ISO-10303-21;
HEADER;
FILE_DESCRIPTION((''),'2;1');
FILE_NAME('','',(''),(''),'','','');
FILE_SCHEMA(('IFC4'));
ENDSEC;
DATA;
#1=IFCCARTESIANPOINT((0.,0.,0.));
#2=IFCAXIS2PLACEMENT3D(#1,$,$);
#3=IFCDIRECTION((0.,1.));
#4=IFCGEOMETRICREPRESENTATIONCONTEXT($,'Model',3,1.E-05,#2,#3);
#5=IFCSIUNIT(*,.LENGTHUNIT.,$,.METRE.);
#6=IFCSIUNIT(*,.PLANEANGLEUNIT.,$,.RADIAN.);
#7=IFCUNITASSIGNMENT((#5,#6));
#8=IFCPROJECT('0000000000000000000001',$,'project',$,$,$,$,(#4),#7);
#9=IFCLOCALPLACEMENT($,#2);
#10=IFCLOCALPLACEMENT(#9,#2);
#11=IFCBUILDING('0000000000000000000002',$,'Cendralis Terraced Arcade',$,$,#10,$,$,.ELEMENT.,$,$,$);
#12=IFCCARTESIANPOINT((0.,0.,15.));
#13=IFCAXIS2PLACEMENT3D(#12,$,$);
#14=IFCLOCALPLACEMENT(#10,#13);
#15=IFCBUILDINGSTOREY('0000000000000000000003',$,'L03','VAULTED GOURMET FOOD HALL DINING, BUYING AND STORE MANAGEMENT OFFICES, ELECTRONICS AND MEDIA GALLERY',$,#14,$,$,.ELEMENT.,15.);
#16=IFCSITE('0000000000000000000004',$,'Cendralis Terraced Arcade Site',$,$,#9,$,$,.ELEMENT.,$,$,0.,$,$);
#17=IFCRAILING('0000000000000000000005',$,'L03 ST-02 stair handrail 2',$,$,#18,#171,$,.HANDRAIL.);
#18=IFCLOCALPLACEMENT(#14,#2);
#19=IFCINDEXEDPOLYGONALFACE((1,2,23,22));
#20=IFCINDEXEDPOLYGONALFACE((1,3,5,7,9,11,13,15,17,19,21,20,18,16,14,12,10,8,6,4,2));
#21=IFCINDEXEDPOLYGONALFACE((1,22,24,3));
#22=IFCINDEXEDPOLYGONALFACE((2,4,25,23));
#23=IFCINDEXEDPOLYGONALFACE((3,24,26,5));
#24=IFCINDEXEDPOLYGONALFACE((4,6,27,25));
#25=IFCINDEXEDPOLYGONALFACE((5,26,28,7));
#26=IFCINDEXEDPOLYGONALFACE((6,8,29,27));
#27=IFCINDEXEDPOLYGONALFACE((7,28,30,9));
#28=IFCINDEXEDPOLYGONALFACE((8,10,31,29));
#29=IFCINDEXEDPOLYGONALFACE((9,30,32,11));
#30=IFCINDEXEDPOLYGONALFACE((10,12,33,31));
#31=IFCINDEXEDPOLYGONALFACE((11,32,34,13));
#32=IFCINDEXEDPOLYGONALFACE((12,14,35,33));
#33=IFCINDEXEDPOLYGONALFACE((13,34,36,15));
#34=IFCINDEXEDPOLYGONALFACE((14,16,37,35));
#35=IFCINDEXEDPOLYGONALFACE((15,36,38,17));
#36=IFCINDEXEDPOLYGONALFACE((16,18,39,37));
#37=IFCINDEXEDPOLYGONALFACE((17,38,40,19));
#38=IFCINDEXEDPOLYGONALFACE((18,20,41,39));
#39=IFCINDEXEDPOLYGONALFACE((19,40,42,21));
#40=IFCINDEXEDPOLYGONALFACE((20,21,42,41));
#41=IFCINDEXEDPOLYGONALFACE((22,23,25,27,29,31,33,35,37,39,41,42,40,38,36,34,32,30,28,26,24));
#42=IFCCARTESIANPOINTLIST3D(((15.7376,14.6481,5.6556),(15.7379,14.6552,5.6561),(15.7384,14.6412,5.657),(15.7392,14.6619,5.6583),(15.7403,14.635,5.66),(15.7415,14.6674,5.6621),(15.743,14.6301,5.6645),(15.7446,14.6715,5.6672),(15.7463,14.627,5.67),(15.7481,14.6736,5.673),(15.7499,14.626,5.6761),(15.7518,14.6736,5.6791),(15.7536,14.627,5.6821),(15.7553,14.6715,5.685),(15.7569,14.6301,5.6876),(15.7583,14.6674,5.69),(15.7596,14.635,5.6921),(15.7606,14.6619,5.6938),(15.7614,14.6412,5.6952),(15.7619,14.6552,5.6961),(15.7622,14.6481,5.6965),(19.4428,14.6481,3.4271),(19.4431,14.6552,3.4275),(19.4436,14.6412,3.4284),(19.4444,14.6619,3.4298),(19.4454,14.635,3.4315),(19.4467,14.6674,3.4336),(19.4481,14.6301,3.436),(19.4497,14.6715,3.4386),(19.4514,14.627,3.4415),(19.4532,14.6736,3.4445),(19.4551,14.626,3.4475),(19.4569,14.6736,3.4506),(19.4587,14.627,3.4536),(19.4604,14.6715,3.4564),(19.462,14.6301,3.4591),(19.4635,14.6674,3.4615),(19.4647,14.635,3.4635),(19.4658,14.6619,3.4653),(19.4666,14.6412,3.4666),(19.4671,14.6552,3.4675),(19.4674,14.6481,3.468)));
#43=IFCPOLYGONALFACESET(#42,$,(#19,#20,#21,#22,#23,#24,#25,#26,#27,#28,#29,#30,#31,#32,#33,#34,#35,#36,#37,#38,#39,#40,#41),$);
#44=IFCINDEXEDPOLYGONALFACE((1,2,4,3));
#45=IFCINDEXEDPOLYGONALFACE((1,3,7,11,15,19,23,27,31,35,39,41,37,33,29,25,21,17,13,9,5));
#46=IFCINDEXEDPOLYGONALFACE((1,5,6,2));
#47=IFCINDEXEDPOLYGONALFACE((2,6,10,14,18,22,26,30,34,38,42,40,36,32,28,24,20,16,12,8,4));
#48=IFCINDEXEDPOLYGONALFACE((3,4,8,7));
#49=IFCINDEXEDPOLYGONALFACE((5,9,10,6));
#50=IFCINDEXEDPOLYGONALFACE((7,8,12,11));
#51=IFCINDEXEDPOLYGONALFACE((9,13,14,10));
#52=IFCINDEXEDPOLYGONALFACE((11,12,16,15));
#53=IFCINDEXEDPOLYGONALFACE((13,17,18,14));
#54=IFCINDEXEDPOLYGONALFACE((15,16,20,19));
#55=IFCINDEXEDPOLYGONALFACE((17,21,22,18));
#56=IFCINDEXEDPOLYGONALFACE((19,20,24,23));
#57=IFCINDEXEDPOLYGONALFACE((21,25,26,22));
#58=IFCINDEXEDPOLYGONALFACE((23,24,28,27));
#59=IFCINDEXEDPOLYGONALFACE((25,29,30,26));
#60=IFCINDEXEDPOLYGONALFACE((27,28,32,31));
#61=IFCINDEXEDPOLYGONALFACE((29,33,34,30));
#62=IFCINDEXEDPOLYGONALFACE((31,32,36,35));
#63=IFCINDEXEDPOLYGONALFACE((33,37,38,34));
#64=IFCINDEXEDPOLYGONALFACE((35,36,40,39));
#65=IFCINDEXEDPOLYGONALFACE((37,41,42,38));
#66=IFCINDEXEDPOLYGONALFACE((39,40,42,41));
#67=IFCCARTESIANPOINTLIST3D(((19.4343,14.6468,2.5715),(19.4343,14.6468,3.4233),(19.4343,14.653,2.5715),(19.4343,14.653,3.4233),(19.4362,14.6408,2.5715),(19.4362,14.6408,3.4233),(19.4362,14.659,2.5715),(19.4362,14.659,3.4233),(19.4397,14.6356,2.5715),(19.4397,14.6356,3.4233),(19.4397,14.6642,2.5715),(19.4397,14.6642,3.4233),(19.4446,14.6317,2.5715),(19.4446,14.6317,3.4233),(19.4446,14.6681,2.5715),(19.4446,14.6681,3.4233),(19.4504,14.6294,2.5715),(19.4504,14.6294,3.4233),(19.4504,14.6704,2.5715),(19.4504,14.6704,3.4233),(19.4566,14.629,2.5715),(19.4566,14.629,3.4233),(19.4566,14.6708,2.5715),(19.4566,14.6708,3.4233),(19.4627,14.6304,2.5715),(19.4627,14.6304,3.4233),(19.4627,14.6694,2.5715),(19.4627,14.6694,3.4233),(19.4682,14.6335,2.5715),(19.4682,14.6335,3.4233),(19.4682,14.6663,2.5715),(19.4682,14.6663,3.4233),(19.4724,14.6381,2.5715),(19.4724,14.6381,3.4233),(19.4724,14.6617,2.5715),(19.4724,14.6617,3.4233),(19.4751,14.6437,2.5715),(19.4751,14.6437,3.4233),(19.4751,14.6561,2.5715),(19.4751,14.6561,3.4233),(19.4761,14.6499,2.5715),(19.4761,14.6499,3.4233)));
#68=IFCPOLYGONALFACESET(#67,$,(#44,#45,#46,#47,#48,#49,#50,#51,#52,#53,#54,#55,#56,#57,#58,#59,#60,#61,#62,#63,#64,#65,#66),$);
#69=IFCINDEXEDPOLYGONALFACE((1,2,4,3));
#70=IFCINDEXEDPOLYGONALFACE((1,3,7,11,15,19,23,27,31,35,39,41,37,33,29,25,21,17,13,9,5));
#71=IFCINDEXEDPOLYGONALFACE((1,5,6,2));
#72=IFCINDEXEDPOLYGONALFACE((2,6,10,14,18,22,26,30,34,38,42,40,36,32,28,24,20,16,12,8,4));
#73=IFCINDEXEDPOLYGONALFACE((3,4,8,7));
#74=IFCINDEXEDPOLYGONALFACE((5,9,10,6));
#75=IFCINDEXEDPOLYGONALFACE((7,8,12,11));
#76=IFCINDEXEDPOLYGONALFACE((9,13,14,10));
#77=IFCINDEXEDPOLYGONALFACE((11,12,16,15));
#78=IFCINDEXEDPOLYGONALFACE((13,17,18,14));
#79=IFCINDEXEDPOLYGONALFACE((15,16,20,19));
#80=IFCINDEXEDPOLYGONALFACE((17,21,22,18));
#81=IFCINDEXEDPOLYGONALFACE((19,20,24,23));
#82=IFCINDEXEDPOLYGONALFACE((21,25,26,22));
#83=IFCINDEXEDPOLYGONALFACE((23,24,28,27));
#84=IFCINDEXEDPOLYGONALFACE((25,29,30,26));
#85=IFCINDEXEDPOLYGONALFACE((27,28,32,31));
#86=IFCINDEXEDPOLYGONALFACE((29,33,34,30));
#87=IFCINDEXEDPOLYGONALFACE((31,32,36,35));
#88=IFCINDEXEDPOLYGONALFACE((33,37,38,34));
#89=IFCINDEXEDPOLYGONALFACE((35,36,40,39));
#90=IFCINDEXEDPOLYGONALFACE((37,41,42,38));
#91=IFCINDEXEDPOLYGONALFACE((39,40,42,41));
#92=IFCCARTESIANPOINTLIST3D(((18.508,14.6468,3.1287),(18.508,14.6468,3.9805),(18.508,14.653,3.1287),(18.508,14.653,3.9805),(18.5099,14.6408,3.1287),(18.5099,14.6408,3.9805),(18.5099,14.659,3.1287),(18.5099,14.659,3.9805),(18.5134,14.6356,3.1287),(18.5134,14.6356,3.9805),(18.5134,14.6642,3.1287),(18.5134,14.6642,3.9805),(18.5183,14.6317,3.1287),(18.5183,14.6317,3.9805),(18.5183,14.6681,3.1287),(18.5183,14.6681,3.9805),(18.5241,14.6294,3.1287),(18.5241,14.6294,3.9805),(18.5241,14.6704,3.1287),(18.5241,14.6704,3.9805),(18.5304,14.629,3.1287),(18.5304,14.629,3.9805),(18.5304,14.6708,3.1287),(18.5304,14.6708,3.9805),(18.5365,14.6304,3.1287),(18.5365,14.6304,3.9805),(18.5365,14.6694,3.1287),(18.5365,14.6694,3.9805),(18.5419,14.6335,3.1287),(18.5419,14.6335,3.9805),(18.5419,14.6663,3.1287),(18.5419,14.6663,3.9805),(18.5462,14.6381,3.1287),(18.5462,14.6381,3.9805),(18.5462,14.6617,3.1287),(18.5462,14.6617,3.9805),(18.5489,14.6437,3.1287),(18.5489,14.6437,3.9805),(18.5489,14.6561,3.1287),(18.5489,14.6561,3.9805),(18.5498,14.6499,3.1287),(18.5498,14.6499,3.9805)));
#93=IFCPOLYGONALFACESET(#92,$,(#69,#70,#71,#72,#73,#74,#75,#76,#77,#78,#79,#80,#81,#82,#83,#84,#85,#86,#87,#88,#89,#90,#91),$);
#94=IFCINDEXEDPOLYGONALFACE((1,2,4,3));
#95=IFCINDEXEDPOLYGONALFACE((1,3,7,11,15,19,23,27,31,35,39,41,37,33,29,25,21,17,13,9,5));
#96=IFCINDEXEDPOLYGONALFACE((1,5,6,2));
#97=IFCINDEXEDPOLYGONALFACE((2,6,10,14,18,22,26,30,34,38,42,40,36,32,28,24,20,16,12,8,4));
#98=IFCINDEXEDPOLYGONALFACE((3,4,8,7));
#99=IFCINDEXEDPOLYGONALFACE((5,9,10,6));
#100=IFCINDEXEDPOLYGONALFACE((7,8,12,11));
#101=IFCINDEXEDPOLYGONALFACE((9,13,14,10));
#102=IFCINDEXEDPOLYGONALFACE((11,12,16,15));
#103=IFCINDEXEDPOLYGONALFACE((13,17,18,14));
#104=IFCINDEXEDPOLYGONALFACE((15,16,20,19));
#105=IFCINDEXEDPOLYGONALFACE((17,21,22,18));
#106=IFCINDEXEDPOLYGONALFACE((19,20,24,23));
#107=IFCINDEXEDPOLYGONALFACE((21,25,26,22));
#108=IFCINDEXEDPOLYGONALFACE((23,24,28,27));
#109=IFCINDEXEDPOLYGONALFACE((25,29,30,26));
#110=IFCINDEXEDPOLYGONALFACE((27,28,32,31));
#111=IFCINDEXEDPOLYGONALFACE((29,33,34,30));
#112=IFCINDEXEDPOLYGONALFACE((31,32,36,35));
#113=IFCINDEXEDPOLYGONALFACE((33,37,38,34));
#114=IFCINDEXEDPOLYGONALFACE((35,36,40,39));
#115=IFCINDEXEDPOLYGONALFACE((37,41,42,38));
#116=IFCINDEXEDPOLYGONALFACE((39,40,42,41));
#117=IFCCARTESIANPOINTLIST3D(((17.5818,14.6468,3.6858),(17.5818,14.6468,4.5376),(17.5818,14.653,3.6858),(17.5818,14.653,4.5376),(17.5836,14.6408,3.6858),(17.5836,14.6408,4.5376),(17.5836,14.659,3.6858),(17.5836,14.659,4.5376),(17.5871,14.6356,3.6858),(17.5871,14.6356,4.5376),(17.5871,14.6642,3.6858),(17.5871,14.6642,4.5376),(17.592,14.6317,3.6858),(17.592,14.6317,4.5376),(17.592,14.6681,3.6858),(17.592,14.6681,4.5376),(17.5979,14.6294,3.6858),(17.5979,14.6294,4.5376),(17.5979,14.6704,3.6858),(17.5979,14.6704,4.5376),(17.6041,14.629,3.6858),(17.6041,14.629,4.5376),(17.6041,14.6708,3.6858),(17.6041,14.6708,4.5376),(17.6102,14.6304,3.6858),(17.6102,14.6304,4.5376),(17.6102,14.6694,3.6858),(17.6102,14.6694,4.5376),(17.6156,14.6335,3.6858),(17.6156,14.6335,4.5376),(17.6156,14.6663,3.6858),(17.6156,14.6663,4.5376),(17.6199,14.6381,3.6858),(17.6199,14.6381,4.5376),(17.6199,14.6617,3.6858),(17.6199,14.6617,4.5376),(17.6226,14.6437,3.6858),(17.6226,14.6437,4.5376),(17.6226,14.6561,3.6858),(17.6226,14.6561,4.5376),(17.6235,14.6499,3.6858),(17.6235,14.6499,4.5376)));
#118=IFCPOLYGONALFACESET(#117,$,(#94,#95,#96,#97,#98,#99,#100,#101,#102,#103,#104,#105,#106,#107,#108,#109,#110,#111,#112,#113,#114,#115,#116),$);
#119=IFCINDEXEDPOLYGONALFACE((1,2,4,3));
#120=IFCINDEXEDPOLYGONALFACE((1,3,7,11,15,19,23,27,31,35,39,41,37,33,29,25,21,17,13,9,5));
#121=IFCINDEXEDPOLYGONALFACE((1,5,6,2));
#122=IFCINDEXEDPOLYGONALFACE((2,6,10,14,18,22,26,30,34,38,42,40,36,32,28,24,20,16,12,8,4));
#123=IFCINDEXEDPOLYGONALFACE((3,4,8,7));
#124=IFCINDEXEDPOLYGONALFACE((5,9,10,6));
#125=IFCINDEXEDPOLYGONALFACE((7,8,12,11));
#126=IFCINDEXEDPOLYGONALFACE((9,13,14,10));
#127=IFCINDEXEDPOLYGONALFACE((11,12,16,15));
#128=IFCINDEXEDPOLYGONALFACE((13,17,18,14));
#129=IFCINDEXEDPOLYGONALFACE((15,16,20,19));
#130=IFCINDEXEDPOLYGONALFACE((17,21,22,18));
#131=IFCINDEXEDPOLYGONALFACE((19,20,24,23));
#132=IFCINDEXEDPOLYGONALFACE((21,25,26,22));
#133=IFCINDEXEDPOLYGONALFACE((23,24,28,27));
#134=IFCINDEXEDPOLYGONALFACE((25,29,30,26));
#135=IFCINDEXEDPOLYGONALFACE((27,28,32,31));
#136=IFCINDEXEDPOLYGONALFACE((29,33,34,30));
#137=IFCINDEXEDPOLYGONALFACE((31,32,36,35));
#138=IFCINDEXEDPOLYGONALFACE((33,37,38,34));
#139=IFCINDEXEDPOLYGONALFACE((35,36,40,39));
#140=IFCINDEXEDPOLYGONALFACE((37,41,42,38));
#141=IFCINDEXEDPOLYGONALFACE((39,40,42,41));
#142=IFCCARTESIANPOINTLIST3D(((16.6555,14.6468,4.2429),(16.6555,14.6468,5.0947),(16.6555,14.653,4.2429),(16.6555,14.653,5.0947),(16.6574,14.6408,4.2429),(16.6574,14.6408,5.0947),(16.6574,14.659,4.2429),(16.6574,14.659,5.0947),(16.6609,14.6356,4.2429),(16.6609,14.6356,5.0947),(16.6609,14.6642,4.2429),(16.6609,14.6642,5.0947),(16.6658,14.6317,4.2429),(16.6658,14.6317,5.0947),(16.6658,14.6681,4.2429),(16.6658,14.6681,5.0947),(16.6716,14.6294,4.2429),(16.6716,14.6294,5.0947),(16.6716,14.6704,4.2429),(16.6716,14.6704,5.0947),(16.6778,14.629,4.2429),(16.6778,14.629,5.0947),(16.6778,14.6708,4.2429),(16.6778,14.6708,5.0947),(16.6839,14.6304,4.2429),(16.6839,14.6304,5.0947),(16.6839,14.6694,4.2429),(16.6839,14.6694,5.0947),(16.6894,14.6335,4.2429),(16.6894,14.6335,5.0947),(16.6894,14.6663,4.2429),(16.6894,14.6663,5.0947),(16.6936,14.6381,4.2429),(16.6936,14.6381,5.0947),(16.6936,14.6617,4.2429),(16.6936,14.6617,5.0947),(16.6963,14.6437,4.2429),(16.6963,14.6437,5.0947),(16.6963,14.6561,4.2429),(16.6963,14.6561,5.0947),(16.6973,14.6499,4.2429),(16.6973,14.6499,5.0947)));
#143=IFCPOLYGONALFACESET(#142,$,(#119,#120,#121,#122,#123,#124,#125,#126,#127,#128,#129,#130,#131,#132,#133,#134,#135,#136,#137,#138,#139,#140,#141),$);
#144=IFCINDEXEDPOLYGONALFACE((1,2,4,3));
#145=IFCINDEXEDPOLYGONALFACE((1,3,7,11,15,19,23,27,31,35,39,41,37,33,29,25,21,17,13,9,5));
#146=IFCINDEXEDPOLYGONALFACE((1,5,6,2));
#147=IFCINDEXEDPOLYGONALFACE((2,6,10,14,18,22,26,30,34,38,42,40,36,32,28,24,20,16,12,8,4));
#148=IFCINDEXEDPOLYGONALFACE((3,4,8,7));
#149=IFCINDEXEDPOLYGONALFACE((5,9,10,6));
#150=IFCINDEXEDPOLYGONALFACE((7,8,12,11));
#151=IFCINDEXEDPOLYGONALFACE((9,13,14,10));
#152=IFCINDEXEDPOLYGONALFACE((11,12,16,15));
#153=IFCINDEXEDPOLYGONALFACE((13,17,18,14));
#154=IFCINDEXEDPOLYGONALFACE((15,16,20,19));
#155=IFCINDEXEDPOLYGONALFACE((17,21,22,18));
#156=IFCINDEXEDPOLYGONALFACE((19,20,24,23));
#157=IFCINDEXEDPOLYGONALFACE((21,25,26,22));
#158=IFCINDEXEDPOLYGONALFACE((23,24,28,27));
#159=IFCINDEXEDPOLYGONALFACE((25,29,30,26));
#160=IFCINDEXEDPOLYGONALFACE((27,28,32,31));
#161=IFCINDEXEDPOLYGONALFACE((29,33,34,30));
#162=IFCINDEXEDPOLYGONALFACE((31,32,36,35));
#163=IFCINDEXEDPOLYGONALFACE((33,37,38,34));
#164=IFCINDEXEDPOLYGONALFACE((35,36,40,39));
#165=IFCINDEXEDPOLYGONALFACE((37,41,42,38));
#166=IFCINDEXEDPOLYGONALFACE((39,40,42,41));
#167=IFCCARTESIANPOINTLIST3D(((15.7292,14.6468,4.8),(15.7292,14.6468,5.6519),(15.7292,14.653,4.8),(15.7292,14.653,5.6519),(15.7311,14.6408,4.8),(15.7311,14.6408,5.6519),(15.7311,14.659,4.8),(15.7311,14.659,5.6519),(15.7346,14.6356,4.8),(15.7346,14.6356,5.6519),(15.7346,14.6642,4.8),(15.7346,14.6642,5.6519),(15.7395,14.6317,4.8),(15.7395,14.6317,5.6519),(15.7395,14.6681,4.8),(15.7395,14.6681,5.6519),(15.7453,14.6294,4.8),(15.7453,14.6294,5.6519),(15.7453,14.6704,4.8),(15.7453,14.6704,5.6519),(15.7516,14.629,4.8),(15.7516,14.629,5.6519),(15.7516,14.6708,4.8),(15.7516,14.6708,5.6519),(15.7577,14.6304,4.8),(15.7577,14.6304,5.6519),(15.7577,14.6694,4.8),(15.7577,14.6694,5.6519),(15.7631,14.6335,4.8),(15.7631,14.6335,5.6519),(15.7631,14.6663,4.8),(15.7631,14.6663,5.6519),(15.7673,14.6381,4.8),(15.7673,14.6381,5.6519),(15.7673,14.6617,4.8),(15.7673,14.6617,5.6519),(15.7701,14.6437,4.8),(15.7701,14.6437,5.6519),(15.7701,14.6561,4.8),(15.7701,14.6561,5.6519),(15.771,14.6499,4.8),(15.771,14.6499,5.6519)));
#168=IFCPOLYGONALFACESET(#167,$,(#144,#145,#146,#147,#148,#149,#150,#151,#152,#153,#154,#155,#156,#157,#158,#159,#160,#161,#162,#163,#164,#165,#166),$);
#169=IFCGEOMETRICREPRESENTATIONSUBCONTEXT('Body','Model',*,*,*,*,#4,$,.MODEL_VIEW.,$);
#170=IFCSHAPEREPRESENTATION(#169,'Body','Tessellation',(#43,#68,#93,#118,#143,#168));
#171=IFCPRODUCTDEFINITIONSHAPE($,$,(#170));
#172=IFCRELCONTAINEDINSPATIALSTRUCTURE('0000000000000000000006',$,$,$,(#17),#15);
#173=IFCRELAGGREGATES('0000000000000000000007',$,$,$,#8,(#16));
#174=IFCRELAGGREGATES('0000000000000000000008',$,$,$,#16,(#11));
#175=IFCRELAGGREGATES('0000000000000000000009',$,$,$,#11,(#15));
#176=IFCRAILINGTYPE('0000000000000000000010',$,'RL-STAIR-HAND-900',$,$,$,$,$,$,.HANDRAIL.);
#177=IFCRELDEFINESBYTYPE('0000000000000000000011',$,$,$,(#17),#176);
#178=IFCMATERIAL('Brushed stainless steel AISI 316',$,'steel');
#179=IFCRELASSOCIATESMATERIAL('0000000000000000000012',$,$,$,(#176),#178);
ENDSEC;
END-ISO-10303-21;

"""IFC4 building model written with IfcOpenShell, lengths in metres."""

from ifc_helpers import new_model, si_unit, direction, frame, origin, origin_2d, place, context, subcontext, project, spatial, circle, extrude, material, type_object, element, save


model = new_model("IFC4")

# Units and contexts
model_context = context("Model", 3, precision=1e-05, world=origin(), true_north=direction((0.0, 1.0)))
body_context = subcontext(model_context, "Body", "Model", "MODEL_VIEW")
ifc_project = project(units=[si_unit("LENGTHUNIT", "METRE"), si_unit("PLANEANGLEUNIT", "RADIAN")], contexts=[model_context])

# Site, building, storey
site_placement = place(None, origin())
site = spatial("IfcSite", under=ifc_project, at=site_placement, Name="Cendralis Terraced Arcade Site", CompositionType="ELEMENT", RefElevation=0.0)
building_placement = place(site_placement, origin())
building = spatial("IfcBuilding", under=site, at=building_placement, Name="Cendralis Terraced Arcade", CompositionType="ELEMENT")
storey_placement = place(building_placement, frame((0.0, 0.0, 15.0)))
storey = spatial("IfcBuildingStorey", under=building, at=storey_placement, Name="L03", Description="VAULTED GOURMET FOOD HALL DINING, BUYING AND STORE MANAGEMENT OFFICES, ELECTRONICS AND MEDIA GALLERY", CompositionType="ELEMENT", Elevation=15.0)

# Railing
ifc_material_1 = material(Name="Brushed stainless steel AISI 316", Category="steel")
railing_type = type_object("IfcRailingType", Name="RL-STAIR-HAND-900", PredefinedType="HANDRAIL", material=ifc_material_1)
railing_placement = place(storey_placement, frame((19.4551, 14.6499, 2.5715)))
element("IfcRailing", 1, at=railing_placement, inside=storey, type_object=railing_type, Name="L03 ST-02 stair handrail 2", PredefinedType="HANDRAIL", context=body_context, shape_type="SweptSolid", body=[
    extrude(circle(Radius=0.0239, at=origin_2d()), frame((0.0, 0.0, 0.876), z_axis=(-0.856934, 0.0, 0.515425), x_axis=(0.0, -1.0, 0.0)), (0.0, 0.0, 1.0), 4.3237),
    extrude(circle(Radius=0.021, at=origin_2d()), origin(), (0.0, 0.0, 1.0), 0.8518),
    extrude(circle(Radius=0.021, at=origin_2d()), frame((-0.9263, 0.0, 0.5571)), (0.0, 0.0, 1.0), 0.8518),
    extrude(circle(Radius=0.021, at=origin_2d()), frame((-1.8525, 0.0, 1.1143)), (0.0, 0.0, 1.0), 0.8518),
    extrude(circle(Radius=0.021, at=origin_2d()), frame((-2.7788, 0.0, 1.6714)), (0.0, 0.0, 1.0), 0.8518),
    extrude(circle(Radius=0.021, at=origin_2d()), frame((-3.7051, 0.0, 2.2285)), (0.0, 0.0, 1.0), 0.8518),
])

save(model, "model.ifc")
